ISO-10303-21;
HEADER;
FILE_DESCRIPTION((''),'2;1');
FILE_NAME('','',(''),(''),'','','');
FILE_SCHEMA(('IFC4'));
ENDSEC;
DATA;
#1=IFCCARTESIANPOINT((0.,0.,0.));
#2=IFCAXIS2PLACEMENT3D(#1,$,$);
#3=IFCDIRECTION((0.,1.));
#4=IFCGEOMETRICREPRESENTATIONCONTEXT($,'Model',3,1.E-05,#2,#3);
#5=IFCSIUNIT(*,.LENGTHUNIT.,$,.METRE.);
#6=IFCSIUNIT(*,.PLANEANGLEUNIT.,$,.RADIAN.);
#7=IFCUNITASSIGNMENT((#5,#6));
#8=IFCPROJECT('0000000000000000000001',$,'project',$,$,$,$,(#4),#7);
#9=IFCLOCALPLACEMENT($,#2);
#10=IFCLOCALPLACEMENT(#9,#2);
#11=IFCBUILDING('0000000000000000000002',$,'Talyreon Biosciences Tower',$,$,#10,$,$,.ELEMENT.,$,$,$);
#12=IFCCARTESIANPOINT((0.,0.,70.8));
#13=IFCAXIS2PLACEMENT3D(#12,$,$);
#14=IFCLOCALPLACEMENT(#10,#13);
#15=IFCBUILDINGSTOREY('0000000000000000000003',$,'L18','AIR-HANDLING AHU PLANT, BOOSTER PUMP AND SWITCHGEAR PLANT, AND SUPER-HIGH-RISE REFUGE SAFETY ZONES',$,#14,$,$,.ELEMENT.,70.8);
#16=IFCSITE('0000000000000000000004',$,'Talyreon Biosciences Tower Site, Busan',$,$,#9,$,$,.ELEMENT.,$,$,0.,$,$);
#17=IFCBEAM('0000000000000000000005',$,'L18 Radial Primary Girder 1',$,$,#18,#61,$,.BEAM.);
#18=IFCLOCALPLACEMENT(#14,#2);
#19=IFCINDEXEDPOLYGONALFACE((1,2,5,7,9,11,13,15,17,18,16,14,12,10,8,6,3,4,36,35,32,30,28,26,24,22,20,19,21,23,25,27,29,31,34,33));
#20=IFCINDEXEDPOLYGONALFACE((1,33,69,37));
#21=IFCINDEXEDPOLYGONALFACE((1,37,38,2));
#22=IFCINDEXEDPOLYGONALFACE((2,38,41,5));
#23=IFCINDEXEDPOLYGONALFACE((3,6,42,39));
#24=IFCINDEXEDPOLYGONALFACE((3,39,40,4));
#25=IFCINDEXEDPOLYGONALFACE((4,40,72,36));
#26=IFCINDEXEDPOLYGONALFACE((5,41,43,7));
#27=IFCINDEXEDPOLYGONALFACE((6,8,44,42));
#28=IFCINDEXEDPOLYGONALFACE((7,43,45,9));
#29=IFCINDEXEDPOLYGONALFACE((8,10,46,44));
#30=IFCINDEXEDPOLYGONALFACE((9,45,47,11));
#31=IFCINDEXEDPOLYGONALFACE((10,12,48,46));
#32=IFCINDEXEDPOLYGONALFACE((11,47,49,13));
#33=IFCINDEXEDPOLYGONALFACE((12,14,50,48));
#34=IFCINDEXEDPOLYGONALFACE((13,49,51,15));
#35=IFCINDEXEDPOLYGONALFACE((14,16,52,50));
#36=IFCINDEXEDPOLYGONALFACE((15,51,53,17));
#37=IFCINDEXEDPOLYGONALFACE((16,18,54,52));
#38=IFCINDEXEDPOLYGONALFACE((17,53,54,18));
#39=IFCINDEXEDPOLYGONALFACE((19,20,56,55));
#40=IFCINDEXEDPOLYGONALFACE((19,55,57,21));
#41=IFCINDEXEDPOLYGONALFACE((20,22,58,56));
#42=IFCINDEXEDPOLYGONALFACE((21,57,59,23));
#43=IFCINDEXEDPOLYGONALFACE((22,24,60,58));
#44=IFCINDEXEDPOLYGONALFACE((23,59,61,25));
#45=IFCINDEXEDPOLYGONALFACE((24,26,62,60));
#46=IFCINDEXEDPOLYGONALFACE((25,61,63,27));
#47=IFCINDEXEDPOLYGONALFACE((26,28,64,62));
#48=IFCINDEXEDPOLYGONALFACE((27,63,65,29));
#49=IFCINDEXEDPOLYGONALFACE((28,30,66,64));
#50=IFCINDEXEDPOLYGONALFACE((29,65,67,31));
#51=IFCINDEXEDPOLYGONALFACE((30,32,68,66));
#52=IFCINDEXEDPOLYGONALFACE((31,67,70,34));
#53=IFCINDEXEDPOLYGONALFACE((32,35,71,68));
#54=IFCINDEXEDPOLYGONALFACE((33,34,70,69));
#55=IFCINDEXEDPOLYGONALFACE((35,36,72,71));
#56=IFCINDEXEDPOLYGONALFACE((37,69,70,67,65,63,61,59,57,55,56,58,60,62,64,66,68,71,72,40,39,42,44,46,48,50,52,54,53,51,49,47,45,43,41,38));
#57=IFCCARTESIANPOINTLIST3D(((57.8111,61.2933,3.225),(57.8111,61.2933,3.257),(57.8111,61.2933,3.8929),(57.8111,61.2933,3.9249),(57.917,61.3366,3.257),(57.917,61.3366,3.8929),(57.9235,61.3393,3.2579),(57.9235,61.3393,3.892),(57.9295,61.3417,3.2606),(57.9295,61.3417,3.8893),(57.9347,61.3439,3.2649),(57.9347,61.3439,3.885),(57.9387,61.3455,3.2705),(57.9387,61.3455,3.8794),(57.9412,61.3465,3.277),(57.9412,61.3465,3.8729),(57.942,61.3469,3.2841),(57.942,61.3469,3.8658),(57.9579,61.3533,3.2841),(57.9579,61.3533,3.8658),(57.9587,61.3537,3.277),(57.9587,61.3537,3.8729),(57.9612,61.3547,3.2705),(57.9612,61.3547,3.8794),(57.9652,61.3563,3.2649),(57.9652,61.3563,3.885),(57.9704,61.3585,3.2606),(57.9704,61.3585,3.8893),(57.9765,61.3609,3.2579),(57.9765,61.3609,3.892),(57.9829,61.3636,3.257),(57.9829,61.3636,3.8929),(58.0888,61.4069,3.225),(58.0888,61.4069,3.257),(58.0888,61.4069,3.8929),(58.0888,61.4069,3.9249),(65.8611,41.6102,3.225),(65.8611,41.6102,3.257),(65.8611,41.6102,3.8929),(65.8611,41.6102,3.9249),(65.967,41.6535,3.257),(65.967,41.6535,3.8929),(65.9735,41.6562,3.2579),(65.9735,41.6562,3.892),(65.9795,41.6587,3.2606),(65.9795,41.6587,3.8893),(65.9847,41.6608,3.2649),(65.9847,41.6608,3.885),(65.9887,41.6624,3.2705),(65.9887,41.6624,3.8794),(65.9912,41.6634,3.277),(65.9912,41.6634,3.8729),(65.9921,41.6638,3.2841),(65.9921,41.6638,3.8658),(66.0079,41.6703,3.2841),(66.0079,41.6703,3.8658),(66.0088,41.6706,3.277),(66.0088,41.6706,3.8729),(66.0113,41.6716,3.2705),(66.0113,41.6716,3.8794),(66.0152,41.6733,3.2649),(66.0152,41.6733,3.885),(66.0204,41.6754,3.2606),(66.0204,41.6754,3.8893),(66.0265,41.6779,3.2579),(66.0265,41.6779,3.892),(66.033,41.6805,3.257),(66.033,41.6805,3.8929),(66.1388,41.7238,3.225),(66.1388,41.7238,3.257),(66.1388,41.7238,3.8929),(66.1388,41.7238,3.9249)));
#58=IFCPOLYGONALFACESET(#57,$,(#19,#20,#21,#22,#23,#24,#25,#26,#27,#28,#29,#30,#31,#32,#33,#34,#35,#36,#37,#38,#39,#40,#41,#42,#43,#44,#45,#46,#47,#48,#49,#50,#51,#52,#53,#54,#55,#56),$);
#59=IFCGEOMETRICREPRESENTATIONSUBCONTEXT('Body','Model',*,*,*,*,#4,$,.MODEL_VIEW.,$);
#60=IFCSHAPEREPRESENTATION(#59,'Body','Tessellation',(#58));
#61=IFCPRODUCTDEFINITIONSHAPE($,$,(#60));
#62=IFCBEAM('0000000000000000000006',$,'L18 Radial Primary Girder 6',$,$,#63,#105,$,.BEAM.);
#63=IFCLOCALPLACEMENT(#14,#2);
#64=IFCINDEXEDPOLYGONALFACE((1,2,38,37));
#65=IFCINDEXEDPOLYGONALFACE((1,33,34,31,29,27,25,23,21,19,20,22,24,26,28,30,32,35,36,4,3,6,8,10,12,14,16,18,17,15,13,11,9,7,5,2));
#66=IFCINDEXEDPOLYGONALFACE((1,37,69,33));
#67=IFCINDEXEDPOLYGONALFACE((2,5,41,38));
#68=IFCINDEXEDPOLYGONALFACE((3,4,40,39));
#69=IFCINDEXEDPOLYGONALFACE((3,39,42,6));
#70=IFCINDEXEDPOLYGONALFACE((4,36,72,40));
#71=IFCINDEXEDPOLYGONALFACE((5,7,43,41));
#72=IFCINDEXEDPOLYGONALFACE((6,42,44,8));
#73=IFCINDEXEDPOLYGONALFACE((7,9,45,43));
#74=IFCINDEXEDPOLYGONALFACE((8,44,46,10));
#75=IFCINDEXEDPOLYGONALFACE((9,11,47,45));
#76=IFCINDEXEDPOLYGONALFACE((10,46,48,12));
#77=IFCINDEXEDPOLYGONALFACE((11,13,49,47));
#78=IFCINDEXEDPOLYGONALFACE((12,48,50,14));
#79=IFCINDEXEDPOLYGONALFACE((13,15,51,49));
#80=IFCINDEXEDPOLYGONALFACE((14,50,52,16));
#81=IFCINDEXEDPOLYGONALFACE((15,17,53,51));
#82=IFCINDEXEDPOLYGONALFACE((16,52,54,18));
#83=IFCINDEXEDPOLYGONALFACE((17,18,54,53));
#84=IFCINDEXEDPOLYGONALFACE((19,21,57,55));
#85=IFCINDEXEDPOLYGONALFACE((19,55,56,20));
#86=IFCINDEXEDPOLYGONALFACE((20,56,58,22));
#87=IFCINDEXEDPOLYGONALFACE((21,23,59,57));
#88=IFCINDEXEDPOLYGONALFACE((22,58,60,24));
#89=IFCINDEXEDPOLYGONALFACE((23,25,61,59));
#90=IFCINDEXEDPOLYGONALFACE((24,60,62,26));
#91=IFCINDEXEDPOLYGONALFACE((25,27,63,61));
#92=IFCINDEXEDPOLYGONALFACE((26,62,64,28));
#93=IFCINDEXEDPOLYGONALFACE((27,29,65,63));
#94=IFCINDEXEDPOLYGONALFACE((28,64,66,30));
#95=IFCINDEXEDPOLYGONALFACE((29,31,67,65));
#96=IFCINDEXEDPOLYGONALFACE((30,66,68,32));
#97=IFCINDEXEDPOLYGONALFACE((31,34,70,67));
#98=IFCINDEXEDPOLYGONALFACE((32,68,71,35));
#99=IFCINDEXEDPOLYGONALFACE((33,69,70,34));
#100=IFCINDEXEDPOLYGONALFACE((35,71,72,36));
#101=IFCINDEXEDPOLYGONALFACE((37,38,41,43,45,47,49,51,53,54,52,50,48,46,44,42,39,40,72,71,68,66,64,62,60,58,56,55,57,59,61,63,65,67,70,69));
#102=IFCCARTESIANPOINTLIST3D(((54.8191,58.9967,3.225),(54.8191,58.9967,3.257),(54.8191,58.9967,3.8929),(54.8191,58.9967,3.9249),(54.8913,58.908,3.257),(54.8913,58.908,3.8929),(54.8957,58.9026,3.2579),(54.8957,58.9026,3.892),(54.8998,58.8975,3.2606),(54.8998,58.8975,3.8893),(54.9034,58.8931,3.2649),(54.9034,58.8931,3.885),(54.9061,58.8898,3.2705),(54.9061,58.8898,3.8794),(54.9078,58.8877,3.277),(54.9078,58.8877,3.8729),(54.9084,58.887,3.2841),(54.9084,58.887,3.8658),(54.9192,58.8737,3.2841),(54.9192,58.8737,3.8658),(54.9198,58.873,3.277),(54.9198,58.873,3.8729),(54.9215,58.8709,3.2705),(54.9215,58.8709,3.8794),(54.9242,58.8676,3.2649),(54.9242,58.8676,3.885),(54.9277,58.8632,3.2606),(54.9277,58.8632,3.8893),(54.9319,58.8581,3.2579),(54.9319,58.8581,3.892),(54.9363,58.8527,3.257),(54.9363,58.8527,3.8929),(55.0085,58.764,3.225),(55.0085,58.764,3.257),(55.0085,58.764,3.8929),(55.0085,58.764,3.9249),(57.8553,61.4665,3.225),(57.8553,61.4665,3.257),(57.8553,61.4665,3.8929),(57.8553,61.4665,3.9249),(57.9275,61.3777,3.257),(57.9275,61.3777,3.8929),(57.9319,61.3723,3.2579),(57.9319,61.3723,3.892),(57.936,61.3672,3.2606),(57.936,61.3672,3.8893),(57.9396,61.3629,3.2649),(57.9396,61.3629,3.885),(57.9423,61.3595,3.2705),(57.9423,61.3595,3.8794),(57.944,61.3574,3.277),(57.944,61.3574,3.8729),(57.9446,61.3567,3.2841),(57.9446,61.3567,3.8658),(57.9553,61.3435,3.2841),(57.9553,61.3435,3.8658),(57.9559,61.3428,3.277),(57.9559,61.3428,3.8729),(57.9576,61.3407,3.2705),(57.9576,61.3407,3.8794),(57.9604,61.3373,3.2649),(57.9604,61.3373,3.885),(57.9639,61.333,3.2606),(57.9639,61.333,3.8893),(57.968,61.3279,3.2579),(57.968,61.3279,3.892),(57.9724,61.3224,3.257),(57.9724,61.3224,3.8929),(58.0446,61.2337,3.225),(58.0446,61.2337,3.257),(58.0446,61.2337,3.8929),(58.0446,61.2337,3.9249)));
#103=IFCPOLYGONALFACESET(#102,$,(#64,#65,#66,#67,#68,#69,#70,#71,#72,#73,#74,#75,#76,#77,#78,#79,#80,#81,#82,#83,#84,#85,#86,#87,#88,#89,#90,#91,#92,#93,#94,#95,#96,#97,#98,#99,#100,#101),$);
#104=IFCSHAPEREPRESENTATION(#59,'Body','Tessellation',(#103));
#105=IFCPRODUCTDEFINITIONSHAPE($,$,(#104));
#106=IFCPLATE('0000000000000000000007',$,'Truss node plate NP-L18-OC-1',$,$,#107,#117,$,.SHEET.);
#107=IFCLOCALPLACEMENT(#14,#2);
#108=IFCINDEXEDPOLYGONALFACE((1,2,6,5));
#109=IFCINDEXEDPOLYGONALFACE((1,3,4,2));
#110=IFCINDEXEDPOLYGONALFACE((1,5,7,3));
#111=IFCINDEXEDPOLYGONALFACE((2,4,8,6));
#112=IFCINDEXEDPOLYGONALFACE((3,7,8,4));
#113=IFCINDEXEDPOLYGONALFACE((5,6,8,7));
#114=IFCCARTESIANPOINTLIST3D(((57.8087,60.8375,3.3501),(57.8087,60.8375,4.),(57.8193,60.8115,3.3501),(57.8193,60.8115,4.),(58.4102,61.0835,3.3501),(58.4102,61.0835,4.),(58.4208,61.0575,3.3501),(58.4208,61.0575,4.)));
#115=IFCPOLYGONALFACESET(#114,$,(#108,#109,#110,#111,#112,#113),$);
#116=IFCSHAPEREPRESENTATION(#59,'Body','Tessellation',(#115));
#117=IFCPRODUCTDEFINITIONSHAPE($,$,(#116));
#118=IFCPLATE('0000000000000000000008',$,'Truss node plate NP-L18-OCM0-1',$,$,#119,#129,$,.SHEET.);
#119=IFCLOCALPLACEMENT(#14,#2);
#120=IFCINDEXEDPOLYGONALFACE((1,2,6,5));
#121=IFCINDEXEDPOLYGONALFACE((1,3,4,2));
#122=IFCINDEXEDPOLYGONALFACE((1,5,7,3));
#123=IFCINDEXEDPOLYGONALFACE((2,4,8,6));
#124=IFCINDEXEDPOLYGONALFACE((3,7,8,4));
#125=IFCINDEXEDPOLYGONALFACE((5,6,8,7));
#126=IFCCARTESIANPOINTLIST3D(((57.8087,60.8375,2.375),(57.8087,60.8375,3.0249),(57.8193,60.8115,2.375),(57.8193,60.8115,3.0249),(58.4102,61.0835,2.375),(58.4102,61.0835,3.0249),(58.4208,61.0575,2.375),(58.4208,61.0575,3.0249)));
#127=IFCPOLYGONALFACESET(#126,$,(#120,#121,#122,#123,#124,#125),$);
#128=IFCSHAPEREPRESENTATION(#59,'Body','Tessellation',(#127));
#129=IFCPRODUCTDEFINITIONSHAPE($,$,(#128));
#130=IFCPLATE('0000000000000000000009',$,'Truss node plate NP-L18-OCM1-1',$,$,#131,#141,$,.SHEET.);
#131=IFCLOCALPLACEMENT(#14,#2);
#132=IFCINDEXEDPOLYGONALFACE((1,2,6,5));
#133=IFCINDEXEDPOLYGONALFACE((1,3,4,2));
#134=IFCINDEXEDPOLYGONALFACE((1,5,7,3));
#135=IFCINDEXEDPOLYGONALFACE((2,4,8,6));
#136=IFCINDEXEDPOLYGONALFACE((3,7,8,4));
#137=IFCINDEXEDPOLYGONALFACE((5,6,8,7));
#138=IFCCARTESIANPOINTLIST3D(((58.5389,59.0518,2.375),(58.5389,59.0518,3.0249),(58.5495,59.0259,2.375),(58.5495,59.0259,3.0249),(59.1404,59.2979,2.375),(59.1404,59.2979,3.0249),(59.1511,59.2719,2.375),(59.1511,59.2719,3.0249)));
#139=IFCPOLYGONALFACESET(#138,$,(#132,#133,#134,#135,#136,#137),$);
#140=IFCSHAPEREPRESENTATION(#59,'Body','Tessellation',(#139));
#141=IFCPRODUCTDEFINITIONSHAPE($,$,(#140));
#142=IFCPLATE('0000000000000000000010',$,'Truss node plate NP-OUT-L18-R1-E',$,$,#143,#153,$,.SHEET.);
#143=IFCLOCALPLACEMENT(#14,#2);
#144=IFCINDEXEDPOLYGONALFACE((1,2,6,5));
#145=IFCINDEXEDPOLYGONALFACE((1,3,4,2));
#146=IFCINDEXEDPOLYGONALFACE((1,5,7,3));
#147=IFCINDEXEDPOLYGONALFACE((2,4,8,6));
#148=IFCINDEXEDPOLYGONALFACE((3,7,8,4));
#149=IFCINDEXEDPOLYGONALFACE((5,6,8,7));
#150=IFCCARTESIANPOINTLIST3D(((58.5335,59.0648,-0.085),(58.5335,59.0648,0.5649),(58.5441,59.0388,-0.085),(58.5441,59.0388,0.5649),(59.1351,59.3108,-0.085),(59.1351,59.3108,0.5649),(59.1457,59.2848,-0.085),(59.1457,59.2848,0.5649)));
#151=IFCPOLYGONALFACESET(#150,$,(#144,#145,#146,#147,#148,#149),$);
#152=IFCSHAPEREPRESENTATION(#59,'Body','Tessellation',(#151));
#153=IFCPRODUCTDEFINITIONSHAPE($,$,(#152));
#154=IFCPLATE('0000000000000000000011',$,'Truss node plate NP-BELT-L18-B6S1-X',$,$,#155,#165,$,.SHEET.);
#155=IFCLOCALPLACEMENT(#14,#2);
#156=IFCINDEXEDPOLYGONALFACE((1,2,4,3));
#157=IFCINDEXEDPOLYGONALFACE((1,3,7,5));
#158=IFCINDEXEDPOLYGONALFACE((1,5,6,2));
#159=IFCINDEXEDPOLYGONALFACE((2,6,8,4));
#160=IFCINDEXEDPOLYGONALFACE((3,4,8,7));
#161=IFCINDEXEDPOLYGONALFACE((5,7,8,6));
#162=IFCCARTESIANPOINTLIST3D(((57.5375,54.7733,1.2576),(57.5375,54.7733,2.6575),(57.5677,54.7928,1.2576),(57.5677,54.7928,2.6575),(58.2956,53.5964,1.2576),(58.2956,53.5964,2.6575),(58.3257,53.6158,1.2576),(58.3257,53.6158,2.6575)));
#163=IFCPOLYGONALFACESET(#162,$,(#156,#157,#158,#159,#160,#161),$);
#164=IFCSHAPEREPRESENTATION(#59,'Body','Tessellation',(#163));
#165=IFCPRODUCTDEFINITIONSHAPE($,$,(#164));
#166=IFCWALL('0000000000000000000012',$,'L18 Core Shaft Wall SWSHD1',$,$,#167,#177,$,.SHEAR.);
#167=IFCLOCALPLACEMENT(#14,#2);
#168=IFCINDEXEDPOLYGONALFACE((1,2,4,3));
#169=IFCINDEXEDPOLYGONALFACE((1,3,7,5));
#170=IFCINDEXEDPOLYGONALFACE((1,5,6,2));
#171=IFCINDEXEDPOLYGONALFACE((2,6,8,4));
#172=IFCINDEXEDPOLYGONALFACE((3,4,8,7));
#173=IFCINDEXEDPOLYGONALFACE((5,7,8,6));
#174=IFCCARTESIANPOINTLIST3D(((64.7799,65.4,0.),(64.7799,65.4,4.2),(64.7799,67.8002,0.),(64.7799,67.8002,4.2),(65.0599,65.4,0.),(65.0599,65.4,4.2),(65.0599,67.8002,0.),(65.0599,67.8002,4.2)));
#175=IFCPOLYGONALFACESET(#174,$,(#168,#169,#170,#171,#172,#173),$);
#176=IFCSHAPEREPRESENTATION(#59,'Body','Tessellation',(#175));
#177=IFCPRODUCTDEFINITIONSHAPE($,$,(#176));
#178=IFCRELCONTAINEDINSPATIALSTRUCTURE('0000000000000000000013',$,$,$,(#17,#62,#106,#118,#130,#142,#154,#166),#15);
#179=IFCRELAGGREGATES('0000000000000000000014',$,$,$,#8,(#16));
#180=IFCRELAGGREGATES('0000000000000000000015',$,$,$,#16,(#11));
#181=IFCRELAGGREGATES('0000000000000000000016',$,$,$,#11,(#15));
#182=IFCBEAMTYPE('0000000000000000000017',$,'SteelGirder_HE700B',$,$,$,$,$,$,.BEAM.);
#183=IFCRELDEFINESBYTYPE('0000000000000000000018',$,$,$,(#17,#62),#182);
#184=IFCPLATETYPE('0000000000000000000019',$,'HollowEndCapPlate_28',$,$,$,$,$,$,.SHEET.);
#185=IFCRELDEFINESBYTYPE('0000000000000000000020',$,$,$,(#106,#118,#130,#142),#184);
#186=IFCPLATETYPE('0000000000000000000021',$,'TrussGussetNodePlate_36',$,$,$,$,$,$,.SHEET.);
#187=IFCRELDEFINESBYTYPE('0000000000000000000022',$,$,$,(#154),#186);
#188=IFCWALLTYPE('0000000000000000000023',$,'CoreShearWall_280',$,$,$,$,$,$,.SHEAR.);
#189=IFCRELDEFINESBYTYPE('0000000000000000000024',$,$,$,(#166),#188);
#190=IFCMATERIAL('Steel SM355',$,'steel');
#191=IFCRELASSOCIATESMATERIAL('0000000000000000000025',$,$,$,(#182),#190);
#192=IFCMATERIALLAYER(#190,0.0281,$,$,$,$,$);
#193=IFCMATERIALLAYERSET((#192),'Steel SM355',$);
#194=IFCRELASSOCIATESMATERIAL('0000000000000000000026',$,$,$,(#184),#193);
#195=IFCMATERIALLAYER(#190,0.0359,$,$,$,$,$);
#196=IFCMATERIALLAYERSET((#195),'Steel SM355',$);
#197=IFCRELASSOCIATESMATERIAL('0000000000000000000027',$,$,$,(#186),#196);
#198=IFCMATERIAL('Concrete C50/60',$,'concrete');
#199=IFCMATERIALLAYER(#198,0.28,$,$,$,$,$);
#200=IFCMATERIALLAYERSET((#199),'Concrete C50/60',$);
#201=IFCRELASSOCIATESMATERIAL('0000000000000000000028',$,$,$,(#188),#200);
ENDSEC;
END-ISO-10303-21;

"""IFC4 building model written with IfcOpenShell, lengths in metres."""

from ifc_helpers import new_model, si_unit, direction, frame, frame_2d, origin, origin_2d, place, context, subcontext, project, spatial, rectangle, i_section, extrude, material, layer, layer_set, material_profile, profile_set, type_object, element, save


model = new_model("IFC4")

# Units and contexts
model_context = context("Model", 3, precision=1e-05, world=origin(), true_north=direction((0.0, 1.0)))
body_context = subcontext(model_context, "Body", "Model", "MODEL_VIEW")
ifc_project = project(units=[si_unit("LENGTHUNIT", "METRE"), si_unit("PLANEANGLEUNIT", "RADIAN")], contexts=[model_context])

# Site, building, storey
site_placement = place(None, origin())
site = spatial("IfcSite", under=ifc_project, at=site_placement, Name="Talyreon Biosciences Tower Site, Busan", CompositionType="ELEMENT", RefElevation=0.0)
building_placement = place(site_placement, origin())
building = spatial("IfcBuilding", under=site, at=building_placement, Name="Talyreon Biosciences Tower", CompositionType="ELEMENT")
storey_placement = place(building_placement, frame((0.0, 0.0, 70.8)))
storey = spatial("IfcBuildingStorey", under=building, at=storey_placement, Name="L18", Description="AIR-HANDLING AHU PLANT, BOOSTER PUMP AND SWITCHGEAR PLANT, AND SUPER-HIGH-RISE REFUGE SAFETY ZONES", CompositionType="ELEMENT", Elevation=70.8)

# Shared definitions
ifc_material_1 = material(Name="Steel SM355", Category="steel")

# Beams
ifc_material_profile_1 = material_profile(ifc_material_1, i_section(OverallWidth=0.3, OverallDepth=0.7, WebThickness=0.0171, FlangeThickness=0.032, FilletRadius=0.0271, at=origin_2d()), Name="HE700B")
ifc_profile_set_1 = profile_set([ifc_material_profile_1], Name="Steel SM355")
beam_type = type_object("IfcBeamType", Name="SteelGirder_HE700B", PredefinedType="BEAM", material=ifc_profile_set_1)
beam_1_placement = place(storey_placement, frame((57.95, 61.3501, 3.575), z_axis=(0.378547, -0.925582, 0.0), x_axis=(0.925582, 0.378547, 0.0)))
element("IfcBeam", 1, at=beam_1_placement, inside=storey, type_object=beam_type, Name="L18 Radial Primary Girder 1", PredefinedType="BEAM", context=body_context, shape_type="SweptSolid", body=[
    extrude(i_section(OverallWidth=0.3, OverallDepth=0.7, WebThickness=0.0171, FlangeThickness=0.032, FilletRadius=0.0271, at=origin_2d()), origin(), (0.0, 0.0, 1.0), 21.2656),
])
beam_2_placement = place(storey_placement, frame((57.95, 61.3501, 3.575), z_axis=(-0.775755, -0.631034, 0.0), x_axis=(0.631034, -0.775755, 0.0)))
element("IfcBeam", 2, at=beam_2_placement, inside=storey, type_object=beam_type, Name="L18 Radial Primary Girder 6", PredefinedType="BEAM", context=body_context, shape_type="SweptSolid", body=[
    extrude(i_section(OverallWidth=0.3, OverallDepth=0.7, WebThickness=0.0171, FlangeThickness=0.032, FilletRadius=0.0271, at=origin_2d()), origin(), (0.0, 0.0, 1.0), 3.9138),
])

# Plates
ifc_layer_1 = layer(ifc_material_1, 0.0281)
ifc_layer_set_1 = layer_set([ifc_layer_1], Name="Steel SM355")
plate_type_1 = type_object("IfcPlateType", Name="HollowEndCapPlate_28", PredefinedType="SHEET", material=ifc_layer_set_1)
for number, where, z_axis, x_axis, name in (
    (3, (58.1147, 60.9475, 3.3501), (0.0, 0.0, 1.0), (0.92558, 0.378552, 0.0), "Truss node plate NP-L18-OC-1"),
    (4, (58.1147, 60.9475, 2.375), (0.0, 0.0, 1.0), (0.92558, 0.378552, 0.0), "Truss node plate NP-L18-OCM0-1"),
    (5, (58.845, 59.1619, 2.375), (0.0, 0.0, 1.0), (0.92558, 0.378552, 0.0), "Truss node plate NP-L18-OCM1-1"),
    (6, (58.8396, 59.1748, -0.085), (0.0, 0.0, 1.0), (0.925587, 0.378536, 0.0), "Truss node plate NP-OUT-L18-R1-E"),
):
    element("IfcPlate", number, at=place(storey_placement, frame(where, z_axis=z_axis, x_axis=x_axis)), inside=storey, type_object=plate_type_1, Name=name, PredefinedType="SHEET", context=body_context, shape_type="SweptSolid", body=[
        extrude(rectangle(XDim=0.6499, YDim=0.0281, at=origin_2d()), origin(), (0.0, 0.0, 1.0), 0.6499),
    ])
ifc_layer_2 = layer(ifc_material_1, 0.0359)
ifc_layer_set_2 = layer_set([ifc_layer_2], Name="Steel SM355")
plate_type_2 = type_object("IfcPlateType", Name="TrussGussetNodePlate_36", PredefinedType="SHEET", material=ifc_layer_set_2)
plate_placement = place(storey_placement, frame((57.9316, 54.1946, 1.2576), z_axis=(0.0, 0.0, 1.0), x_axis=(0.541473, -0.840718, 0.0)))
element("IfcPlate", 7, at=plate_placement, inside=storey, type_object=plate_type_2, Name="Truss node plate NP-BELT-L18-B6S1-X", PredefinedType="SHEET", context=body_context, shape_type="SweptSolid", body=[
    extrude(rectangle(XDim=1.3999, YDim=0.0359, at=origin_2d()), origin(), (0.0, 0.0, 1.0), 1.3999),
])

# Wall
ifc_material_2 = material(Name="Concrete C50/60", Category="concrete")
ifc_layer_3 = layer(ifc_material_2, 0.28)
ifc_layer_set_3 = layer_set([ifc_layer_3], Name="Concrete C50/60")
wall_type_1 = type_object("IfcWallType", Name="CoreShearWall_280", PredefinedType="SHEAR", material=ifc_layer_set_3)
wall_1_placement = place(storey_placement, frame((64.9199, 65.3999, 0.0), z_axis=(0.0, 0.0, 1.0), x_axis=(0.0, 1.0, 0.0)))
element("IfcWall", 8, at=wall_1_placement, inside=storey, type_object=wall_type_1, Name="L18 Core Shaft Wall SWSHD1", PredefinedType="SHEAR", context=body_context, shape_type="SweptSolid", body=[
    extrude(rectangle(XDim=2.4001, YDim=0.28, at=frame_2d((1.2002, 0.0))), origin(), (0.0, 0.0, 1.0), 4.2),
])

save(model, "model.ifc")
